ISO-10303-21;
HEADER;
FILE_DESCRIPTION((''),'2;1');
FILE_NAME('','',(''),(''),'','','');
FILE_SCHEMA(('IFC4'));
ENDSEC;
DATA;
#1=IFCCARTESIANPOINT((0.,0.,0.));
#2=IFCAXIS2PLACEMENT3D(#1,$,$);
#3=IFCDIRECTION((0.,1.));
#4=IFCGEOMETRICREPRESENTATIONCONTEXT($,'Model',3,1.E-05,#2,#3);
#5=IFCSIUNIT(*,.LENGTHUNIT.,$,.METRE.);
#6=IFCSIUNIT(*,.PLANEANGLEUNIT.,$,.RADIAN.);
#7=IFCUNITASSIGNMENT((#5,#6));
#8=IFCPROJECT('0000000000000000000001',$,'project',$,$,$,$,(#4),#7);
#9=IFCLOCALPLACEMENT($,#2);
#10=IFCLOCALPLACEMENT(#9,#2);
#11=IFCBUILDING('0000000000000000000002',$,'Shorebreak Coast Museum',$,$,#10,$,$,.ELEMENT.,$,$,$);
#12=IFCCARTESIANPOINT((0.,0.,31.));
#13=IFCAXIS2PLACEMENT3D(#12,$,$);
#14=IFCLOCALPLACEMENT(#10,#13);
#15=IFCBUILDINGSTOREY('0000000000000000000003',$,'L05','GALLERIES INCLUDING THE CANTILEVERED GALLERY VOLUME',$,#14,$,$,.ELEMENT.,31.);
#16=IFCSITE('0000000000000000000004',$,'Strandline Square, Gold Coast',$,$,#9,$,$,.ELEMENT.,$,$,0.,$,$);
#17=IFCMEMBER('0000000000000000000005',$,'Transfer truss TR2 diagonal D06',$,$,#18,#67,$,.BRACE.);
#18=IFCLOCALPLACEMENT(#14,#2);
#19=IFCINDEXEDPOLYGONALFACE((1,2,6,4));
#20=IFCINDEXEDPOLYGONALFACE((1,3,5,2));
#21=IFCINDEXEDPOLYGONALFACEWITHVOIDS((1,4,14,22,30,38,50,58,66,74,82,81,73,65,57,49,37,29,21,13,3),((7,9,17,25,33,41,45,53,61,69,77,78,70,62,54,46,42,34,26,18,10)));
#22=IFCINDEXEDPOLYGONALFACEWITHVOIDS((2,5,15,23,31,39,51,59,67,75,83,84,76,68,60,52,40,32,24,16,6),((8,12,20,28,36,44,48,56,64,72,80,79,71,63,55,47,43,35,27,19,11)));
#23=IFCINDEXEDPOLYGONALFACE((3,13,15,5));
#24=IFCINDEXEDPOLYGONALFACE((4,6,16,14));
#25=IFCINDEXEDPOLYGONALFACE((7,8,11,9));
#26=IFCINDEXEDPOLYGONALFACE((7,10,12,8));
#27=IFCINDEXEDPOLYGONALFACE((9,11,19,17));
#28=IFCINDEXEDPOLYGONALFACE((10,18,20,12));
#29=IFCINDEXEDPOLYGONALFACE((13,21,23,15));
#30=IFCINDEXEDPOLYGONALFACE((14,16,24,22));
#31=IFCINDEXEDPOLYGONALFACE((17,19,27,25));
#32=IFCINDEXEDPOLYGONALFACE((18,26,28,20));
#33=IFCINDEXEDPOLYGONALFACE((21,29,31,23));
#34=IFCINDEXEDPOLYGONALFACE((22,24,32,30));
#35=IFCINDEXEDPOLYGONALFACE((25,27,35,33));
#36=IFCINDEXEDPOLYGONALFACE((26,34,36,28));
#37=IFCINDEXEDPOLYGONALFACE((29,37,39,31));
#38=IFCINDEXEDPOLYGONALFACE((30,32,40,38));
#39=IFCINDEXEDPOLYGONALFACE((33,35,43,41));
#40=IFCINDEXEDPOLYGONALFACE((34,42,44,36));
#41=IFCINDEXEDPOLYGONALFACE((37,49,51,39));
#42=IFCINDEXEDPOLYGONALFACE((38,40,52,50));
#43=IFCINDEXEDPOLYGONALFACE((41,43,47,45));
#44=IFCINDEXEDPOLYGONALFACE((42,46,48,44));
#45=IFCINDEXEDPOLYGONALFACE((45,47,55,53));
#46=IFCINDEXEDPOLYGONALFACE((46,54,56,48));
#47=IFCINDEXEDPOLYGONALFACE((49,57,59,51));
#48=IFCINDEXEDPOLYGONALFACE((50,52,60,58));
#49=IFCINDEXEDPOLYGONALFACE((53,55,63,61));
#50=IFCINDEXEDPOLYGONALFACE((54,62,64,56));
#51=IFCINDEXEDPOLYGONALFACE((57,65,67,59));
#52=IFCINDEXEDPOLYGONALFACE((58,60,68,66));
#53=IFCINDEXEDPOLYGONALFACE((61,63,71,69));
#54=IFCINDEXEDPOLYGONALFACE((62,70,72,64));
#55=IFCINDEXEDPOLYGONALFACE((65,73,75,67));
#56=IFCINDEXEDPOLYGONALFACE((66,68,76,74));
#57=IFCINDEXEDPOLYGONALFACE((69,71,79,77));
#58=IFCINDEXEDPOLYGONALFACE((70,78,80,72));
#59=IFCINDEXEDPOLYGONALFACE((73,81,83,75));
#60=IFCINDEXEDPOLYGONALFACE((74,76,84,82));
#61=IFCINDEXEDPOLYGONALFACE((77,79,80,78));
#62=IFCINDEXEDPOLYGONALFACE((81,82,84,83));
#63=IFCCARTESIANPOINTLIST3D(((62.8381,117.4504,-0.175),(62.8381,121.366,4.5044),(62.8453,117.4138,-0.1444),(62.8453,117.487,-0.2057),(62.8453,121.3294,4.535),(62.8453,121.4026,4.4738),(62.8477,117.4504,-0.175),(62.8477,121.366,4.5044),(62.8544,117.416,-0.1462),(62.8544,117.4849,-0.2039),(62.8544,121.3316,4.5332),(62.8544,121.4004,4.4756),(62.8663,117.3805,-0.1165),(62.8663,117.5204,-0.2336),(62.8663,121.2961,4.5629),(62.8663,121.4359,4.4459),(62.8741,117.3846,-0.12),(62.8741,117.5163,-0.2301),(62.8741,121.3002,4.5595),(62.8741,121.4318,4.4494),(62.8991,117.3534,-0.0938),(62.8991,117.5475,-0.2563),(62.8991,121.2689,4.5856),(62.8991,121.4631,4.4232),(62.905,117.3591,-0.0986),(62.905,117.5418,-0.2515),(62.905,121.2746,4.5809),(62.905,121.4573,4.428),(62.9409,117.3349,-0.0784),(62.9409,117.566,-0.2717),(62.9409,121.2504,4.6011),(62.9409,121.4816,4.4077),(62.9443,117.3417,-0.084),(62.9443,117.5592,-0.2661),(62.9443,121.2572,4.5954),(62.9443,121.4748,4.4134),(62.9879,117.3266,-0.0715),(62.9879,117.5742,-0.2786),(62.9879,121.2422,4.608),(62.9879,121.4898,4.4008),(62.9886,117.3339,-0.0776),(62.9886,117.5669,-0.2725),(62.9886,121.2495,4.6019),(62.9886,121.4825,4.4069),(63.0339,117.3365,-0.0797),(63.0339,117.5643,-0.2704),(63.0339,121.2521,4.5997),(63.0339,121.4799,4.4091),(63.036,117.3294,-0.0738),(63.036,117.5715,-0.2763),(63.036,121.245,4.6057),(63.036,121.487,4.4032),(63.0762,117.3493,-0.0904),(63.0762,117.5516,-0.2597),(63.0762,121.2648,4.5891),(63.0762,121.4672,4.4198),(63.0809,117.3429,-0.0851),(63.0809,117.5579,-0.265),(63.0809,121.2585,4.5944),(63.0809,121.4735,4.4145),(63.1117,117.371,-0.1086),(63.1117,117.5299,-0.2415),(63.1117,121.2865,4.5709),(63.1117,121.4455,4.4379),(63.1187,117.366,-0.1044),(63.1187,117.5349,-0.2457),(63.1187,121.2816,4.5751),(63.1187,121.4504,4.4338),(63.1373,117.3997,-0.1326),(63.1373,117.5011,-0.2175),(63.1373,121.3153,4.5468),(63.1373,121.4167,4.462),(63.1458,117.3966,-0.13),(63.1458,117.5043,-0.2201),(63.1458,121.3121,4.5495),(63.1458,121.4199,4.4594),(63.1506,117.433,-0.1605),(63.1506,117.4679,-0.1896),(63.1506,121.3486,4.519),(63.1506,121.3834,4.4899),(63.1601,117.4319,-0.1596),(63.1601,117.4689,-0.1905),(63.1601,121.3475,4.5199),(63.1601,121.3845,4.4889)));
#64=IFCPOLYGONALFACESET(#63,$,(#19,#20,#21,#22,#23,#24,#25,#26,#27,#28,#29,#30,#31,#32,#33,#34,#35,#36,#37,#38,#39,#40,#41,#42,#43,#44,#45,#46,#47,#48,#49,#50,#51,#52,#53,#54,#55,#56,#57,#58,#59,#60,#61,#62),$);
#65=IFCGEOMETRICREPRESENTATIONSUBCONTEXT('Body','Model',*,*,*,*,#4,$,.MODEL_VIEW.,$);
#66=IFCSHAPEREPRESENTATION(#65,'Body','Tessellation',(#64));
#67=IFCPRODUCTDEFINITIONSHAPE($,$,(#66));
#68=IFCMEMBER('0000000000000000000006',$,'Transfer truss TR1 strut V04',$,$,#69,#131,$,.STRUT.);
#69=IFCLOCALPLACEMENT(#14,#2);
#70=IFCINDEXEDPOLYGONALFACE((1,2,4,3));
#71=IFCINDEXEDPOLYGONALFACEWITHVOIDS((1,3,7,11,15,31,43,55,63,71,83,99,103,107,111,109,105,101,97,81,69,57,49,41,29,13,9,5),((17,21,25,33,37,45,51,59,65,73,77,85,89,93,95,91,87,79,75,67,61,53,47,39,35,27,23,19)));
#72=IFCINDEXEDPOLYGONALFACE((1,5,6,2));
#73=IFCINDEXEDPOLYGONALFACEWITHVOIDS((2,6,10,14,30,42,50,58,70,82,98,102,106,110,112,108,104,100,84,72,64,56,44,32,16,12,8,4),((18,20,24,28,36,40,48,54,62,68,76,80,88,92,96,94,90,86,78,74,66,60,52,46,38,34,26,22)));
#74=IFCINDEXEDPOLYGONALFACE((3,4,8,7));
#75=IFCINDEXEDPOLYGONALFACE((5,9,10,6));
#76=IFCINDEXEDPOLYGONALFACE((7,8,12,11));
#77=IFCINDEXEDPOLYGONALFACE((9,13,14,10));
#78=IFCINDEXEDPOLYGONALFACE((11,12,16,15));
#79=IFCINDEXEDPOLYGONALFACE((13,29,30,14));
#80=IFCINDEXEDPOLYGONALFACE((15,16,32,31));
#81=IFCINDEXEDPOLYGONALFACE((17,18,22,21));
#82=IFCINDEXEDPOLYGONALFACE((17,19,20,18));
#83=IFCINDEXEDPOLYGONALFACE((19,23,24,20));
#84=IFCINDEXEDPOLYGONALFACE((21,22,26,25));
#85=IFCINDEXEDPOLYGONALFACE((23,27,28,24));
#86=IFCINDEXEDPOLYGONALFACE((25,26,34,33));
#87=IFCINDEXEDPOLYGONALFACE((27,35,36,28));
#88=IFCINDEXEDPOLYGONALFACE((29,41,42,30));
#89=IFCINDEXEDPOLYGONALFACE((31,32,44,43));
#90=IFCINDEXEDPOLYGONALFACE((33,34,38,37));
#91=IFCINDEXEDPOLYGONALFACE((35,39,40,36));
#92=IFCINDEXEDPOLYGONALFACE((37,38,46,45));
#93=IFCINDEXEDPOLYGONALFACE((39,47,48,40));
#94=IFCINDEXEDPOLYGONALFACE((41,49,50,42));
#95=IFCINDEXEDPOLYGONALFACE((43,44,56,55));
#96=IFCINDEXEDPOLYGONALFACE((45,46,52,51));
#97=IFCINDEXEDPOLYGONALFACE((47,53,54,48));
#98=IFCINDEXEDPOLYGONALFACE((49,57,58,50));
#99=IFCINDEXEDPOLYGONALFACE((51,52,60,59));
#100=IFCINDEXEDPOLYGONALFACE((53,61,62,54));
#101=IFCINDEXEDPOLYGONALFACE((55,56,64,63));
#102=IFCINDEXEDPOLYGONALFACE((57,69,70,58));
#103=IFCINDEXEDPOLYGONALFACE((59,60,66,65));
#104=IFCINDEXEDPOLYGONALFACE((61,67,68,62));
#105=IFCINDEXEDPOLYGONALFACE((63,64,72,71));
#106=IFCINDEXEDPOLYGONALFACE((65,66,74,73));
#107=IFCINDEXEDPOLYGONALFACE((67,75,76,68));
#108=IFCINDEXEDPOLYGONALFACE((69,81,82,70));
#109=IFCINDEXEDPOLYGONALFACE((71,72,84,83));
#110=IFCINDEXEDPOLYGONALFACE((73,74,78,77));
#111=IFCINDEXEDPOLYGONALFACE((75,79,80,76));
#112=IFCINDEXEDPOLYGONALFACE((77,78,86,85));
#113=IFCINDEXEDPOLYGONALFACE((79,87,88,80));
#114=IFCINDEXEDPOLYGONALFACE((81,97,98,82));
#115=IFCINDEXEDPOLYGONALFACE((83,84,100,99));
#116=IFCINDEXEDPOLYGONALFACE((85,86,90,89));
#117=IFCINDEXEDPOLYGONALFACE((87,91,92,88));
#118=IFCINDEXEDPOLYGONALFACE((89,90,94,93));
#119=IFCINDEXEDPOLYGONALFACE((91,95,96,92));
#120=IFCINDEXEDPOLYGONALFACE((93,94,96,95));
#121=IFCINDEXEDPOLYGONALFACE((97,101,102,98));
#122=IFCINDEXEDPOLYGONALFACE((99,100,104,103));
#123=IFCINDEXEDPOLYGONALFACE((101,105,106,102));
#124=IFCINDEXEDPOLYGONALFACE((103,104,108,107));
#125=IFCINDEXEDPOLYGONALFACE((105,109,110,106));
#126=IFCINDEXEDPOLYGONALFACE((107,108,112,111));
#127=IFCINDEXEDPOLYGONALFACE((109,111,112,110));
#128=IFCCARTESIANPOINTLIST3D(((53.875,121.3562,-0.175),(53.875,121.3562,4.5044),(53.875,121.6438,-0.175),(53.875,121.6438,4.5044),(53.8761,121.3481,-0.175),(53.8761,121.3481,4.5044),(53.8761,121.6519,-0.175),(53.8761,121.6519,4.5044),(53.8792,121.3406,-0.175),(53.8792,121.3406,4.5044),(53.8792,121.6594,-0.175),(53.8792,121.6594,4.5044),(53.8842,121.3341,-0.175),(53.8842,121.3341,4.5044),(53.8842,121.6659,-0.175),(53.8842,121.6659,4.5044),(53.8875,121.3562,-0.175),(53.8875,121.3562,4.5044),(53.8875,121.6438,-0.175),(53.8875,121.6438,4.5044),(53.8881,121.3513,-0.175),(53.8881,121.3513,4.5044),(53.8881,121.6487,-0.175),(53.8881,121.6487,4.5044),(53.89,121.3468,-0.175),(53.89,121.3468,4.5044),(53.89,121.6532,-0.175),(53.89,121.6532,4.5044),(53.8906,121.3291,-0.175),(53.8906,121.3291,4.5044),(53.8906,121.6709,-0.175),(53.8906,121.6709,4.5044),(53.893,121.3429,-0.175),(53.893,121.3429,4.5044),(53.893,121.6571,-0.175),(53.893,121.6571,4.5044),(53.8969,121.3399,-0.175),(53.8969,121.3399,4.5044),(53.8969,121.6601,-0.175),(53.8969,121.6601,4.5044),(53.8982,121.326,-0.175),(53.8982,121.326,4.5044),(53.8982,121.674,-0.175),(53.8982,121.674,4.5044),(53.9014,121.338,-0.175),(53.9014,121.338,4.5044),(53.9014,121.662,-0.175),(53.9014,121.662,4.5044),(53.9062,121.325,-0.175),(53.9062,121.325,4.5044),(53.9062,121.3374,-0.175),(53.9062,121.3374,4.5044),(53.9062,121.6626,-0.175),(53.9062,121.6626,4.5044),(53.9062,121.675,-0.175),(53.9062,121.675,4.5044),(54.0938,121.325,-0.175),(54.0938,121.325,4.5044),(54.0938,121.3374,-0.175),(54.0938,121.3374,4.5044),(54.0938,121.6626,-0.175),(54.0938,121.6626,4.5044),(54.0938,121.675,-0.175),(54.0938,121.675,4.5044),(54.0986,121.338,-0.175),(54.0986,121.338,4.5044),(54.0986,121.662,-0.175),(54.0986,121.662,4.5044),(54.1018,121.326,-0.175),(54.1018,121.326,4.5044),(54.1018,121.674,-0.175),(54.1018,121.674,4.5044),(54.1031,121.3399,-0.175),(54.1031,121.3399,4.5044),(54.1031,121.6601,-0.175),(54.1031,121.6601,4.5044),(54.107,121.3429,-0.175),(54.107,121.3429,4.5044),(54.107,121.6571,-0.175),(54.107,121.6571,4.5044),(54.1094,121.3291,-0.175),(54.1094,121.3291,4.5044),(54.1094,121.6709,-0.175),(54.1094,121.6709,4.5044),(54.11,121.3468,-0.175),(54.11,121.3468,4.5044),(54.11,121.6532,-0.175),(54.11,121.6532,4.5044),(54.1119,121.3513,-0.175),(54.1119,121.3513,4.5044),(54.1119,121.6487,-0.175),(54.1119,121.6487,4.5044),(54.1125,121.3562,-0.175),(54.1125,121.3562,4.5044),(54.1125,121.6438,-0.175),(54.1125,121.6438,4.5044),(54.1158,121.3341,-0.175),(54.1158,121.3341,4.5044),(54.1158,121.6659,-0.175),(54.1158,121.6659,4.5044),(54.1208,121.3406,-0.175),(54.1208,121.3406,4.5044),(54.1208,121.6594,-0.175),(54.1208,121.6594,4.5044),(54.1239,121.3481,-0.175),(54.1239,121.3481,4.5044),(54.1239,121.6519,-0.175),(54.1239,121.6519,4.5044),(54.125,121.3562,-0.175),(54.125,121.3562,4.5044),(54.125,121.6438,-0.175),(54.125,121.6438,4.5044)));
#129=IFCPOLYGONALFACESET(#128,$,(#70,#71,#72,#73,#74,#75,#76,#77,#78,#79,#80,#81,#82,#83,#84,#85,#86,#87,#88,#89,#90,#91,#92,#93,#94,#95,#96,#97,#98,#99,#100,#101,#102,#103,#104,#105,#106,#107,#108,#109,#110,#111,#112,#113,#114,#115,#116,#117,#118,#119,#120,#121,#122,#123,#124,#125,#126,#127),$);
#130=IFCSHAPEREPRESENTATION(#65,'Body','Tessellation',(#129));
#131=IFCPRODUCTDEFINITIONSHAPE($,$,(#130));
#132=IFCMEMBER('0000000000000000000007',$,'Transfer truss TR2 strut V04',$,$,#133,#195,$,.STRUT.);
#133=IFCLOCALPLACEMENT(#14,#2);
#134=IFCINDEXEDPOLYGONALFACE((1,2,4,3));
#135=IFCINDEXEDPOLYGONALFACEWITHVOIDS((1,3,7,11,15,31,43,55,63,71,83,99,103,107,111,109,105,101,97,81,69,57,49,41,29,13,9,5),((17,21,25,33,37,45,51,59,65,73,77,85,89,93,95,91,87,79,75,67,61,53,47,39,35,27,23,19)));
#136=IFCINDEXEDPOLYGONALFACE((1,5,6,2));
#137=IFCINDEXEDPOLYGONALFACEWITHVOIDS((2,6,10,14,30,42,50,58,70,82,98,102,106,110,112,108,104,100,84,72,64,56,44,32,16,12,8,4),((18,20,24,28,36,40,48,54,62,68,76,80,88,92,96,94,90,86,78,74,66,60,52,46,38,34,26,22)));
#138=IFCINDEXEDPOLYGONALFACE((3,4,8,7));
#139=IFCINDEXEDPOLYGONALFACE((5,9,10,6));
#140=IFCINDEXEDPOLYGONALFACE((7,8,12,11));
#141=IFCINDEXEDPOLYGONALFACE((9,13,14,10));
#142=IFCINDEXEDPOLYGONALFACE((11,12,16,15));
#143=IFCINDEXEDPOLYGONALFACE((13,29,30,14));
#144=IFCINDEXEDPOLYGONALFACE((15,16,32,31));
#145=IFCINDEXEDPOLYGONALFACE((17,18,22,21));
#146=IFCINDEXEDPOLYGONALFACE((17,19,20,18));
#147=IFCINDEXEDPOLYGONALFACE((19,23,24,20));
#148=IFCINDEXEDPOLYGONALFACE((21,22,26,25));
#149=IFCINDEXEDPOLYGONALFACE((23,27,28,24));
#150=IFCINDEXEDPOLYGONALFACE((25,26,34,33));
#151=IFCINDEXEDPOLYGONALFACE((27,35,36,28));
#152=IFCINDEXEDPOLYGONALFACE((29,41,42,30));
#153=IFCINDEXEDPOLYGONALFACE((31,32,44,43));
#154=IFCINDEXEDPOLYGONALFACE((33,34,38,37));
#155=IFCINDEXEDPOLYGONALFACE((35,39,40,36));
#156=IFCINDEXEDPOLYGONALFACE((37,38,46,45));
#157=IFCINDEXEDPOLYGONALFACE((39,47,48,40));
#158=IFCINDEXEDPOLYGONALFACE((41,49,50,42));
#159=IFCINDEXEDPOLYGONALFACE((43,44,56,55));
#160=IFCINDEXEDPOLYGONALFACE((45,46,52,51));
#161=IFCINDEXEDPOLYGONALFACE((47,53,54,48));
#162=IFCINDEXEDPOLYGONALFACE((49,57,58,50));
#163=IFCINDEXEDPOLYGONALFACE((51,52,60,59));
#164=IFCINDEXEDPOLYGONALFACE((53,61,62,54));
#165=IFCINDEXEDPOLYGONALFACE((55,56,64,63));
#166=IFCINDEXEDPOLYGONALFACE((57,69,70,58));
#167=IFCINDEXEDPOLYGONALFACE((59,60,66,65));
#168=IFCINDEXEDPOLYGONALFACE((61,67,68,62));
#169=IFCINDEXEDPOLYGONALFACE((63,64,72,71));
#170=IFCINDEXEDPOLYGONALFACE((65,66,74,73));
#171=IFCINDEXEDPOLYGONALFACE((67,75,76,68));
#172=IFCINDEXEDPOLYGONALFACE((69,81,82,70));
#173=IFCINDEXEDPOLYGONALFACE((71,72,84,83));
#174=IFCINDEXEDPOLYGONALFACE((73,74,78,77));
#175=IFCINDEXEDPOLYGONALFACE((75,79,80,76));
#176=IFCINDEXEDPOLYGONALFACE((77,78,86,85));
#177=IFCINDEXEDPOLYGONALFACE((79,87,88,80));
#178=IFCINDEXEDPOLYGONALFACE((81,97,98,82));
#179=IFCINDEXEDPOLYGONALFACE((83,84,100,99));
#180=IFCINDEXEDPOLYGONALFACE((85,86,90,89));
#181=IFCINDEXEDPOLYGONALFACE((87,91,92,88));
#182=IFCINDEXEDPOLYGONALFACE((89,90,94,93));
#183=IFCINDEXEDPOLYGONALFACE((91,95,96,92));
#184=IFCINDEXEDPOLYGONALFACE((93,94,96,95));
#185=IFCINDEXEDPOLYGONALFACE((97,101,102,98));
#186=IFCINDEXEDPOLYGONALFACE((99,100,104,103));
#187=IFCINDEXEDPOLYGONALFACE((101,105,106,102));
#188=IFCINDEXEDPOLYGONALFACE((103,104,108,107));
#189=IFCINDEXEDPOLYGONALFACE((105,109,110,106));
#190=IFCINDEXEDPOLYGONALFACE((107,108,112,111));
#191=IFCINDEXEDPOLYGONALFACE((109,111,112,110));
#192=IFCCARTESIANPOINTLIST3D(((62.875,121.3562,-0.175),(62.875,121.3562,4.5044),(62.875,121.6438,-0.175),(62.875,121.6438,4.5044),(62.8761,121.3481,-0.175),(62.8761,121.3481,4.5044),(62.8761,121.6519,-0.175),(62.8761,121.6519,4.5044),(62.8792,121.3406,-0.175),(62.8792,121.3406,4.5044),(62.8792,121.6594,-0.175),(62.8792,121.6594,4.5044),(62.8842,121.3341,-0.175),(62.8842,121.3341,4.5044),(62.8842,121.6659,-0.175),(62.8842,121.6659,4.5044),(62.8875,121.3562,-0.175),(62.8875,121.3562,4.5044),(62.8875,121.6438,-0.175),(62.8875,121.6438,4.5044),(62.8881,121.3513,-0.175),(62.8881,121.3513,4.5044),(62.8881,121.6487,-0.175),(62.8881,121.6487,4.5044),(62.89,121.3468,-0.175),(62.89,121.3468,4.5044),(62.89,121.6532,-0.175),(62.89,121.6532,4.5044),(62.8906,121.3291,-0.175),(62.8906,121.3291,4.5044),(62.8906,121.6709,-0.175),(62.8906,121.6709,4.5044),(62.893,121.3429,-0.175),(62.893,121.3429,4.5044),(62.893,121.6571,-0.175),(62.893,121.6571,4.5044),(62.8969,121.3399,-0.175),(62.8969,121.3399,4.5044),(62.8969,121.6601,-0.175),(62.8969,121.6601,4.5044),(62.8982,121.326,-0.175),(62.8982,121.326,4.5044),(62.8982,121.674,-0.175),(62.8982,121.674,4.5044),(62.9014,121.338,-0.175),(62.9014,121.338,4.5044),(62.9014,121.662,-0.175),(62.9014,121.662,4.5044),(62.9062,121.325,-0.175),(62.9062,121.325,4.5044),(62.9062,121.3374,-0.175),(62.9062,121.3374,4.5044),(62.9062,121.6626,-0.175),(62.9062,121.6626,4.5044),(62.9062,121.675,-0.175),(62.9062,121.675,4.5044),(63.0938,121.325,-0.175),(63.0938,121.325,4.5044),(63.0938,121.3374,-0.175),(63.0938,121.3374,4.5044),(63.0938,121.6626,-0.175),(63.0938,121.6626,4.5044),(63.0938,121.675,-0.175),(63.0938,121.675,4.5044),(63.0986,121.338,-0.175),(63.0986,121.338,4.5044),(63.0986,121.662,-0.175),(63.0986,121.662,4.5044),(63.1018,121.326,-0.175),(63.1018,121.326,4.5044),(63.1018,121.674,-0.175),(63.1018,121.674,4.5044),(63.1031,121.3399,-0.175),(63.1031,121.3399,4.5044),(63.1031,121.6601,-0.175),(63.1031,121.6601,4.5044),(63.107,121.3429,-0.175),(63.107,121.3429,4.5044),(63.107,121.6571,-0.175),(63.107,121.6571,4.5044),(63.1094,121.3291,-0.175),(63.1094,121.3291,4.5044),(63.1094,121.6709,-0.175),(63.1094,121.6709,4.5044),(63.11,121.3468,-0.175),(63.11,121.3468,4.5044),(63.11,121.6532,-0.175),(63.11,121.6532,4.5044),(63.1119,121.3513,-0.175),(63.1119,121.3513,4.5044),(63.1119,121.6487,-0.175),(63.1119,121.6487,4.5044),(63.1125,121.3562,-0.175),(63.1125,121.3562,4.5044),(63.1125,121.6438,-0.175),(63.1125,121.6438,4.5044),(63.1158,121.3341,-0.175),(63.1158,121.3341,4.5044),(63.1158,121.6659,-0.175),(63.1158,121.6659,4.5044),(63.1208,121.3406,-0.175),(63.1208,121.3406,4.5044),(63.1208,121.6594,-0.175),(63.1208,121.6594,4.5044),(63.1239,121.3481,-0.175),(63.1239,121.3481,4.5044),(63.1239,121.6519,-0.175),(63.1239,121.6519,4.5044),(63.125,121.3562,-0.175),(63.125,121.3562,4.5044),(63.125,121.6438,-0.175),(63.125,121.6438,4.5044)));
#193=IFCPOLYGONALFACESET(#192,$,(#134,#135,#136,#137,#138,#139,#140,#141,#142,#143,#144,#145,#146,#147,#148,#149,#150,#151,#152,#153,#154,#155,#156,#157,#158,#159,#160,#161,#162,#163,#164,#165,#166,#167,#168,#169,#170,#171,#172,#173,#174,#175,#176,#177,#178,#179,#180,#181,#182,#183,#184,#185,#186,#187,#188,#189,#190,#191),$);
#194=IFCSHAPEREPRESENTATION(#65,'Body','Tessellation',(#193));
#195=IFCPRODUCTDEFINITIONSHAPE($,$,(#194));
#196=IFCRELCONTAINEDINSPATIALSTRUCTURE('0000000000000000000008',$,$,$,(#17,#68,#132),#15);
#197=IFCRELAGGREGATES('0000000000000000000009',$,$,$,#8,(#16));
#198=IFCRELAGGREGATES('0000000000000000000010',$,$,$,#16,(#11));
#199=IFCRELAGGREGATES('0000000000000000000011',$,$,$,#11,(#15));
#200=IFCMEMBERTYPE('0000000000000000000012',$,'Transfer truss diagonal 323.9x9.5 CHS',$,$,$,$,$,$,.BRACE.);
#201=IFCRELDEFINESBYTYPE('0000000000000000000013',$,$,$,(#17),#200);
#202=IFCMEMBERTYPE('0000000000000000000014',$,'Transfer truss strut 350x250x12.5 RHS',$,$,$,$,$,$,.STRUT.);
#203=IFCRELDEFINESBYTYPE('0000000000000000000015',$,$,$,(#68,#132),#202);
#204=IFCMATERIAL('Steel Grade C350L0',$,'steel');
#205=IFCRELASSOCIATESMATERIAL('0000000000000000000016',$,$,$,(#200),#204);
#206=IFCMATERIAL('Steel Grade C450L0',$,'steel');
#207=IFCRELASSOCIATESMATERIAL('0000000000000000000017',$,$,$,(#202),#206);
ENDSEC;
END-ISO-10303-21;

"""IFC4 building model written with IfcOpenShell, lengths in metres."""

from ifc_helpers import new_model, si_unit, direction, frame, origin, origin_2d, place, context, subcontext, project, spatial, hollow_rectangle, hollow_circle, extrude, material, material_profile, profile_set, type_object, element, save


model = new_model("IFC4")

# Units and contexts
model_context = context("Model", 3, precision=1e-05, world=origin(), true_north=direction((0.0, 1.0)))
body_context = subcontext(model_context, "Body", "Model", "MODEL_VIEW")
ifc_project = project(units=[si_unit("LENGTHUNIT", "METRE"), si_unit("PLANEANGLEUNIT", "RADIAN")], contexts=[model_context])

# Site, building, storey
site_placement = place(None, origin())
site = spatial("IfcSite", under=ifc_project, at=site_placement, Name="Strandline Square, Gold Coast", CompositionType="ELEMENT", RefElevation=0.0)
building_placement = place(site_placement, origin())
building = spatial("IfcBuilding", under=site, at=building_placement, Name="Shorebreak Coast Museum", CompositionType="ELEMENT")
storey_placement = place(building_placement, frame((0.0, 0.0, 31.0)))
storey = spatial("IfcBuildingStorey", under=building, at=storey_placement, Name="L05", Description="GALLERIES INCLUDING THE CANTILEVERED GALLERY VOLUME", CompositionType="ELEMENT", Elevation=31.0)

# Members
ifc_material_1 = material(Name="Steel Grade C350L0", Category="steel")
ifc_material_profile_1 = material_profile(ifc_material_1, hollow_circle(Radius=0.1619, WallThickness=0.0095, at=origin_2d()), Name="323.9x9.5 CHS")
ifc_profile_set_1 = profile_set([ifc_material_profile_1], Name="Steel Grade C350L0")
member_type_1 = type_object("IfcMemberType", Name="Transfer truss diagonal 323.9x9.5 CHS", PredefinedType="BRACE", material=ifc_profile_set_1)
for number, where, z_axis, x_axis, name in (
    (1, (63.0, 117.4504, -0.175), (0.0, 0.64173, 0.766931), (-1.0, 0.0, 0.0), "Transfer truss TR2 diagonal D06"),
):
    element("IfcMember", number, at=place(storey_placement, frame(where, z_axis=z_axis, x_axis=x_axis)), inside=storey, type_object=member_type_1, Name=name, PredefinedType="BRACE", context=body_context, shape_type="SweptSolid", body=[
        extrude(hollow_circle(Radius=0.1619, WallThickness=0.0095, at=origin_2d()), origin(), (0.0, 0.0, 1.0), 6.1016),
    ])
ifc_material_2 = material(Name="Steel Grade C450L0", Category="steel")
ifc_material_profile_2 = material_profile(ifc_material_2, hollow_rectangle(XDim=0.25, YDim=0.3501, WallThickness=0.0125, InnerFilletRadius=0.0188, OuterFilletRadius=0.0312, at=origin_2d()), Name="350x250x12.5 RHS")
ifc_profile_set_2 = profile_set([ifc_material_profile_2], Name="Steel Grade C450L0")
member_type_2 = type_object("IfcMemberType", Name="Transfer truss strut 350x250x12.5 RHS", PredefinedType="STRUT", material=ifc_profile_set_2)
for number, where, z_axis, x_axis, name in (
    (2, (54.0, 121.5, -0.175), (0.0, 0.0, 1.0), (1.0, 0.0, 0.0), "Transfer truss TR1 strut V04"),
    (3, (63.0, 121.5, -0.175), (0.0, 0.0, 1.0), (1.0, 0.0, 0.0), "Transfer truss TR2 strut V04"),
):
    element("IfcMember", number, at=place(storey_placement, frame(where, z_axis=z_axis, x_axis=x_axis)), inside=storey, type_object=member_type_2, Name=name, PredefinedType="STRUT", context=body_context, shape_type="SweptSolid", body=[
        extrude(hollow_rectangle(XDim=0.25, YDim=0.3501, WallThickness=0.0125, InnerFilletRadius=0.0188, OuterFilletRadius=0.0312, at=origin_2d()), origin(), (0.0, 0.0, 1.0), 4.6794),
    ])

save(model, "model.ifc")
